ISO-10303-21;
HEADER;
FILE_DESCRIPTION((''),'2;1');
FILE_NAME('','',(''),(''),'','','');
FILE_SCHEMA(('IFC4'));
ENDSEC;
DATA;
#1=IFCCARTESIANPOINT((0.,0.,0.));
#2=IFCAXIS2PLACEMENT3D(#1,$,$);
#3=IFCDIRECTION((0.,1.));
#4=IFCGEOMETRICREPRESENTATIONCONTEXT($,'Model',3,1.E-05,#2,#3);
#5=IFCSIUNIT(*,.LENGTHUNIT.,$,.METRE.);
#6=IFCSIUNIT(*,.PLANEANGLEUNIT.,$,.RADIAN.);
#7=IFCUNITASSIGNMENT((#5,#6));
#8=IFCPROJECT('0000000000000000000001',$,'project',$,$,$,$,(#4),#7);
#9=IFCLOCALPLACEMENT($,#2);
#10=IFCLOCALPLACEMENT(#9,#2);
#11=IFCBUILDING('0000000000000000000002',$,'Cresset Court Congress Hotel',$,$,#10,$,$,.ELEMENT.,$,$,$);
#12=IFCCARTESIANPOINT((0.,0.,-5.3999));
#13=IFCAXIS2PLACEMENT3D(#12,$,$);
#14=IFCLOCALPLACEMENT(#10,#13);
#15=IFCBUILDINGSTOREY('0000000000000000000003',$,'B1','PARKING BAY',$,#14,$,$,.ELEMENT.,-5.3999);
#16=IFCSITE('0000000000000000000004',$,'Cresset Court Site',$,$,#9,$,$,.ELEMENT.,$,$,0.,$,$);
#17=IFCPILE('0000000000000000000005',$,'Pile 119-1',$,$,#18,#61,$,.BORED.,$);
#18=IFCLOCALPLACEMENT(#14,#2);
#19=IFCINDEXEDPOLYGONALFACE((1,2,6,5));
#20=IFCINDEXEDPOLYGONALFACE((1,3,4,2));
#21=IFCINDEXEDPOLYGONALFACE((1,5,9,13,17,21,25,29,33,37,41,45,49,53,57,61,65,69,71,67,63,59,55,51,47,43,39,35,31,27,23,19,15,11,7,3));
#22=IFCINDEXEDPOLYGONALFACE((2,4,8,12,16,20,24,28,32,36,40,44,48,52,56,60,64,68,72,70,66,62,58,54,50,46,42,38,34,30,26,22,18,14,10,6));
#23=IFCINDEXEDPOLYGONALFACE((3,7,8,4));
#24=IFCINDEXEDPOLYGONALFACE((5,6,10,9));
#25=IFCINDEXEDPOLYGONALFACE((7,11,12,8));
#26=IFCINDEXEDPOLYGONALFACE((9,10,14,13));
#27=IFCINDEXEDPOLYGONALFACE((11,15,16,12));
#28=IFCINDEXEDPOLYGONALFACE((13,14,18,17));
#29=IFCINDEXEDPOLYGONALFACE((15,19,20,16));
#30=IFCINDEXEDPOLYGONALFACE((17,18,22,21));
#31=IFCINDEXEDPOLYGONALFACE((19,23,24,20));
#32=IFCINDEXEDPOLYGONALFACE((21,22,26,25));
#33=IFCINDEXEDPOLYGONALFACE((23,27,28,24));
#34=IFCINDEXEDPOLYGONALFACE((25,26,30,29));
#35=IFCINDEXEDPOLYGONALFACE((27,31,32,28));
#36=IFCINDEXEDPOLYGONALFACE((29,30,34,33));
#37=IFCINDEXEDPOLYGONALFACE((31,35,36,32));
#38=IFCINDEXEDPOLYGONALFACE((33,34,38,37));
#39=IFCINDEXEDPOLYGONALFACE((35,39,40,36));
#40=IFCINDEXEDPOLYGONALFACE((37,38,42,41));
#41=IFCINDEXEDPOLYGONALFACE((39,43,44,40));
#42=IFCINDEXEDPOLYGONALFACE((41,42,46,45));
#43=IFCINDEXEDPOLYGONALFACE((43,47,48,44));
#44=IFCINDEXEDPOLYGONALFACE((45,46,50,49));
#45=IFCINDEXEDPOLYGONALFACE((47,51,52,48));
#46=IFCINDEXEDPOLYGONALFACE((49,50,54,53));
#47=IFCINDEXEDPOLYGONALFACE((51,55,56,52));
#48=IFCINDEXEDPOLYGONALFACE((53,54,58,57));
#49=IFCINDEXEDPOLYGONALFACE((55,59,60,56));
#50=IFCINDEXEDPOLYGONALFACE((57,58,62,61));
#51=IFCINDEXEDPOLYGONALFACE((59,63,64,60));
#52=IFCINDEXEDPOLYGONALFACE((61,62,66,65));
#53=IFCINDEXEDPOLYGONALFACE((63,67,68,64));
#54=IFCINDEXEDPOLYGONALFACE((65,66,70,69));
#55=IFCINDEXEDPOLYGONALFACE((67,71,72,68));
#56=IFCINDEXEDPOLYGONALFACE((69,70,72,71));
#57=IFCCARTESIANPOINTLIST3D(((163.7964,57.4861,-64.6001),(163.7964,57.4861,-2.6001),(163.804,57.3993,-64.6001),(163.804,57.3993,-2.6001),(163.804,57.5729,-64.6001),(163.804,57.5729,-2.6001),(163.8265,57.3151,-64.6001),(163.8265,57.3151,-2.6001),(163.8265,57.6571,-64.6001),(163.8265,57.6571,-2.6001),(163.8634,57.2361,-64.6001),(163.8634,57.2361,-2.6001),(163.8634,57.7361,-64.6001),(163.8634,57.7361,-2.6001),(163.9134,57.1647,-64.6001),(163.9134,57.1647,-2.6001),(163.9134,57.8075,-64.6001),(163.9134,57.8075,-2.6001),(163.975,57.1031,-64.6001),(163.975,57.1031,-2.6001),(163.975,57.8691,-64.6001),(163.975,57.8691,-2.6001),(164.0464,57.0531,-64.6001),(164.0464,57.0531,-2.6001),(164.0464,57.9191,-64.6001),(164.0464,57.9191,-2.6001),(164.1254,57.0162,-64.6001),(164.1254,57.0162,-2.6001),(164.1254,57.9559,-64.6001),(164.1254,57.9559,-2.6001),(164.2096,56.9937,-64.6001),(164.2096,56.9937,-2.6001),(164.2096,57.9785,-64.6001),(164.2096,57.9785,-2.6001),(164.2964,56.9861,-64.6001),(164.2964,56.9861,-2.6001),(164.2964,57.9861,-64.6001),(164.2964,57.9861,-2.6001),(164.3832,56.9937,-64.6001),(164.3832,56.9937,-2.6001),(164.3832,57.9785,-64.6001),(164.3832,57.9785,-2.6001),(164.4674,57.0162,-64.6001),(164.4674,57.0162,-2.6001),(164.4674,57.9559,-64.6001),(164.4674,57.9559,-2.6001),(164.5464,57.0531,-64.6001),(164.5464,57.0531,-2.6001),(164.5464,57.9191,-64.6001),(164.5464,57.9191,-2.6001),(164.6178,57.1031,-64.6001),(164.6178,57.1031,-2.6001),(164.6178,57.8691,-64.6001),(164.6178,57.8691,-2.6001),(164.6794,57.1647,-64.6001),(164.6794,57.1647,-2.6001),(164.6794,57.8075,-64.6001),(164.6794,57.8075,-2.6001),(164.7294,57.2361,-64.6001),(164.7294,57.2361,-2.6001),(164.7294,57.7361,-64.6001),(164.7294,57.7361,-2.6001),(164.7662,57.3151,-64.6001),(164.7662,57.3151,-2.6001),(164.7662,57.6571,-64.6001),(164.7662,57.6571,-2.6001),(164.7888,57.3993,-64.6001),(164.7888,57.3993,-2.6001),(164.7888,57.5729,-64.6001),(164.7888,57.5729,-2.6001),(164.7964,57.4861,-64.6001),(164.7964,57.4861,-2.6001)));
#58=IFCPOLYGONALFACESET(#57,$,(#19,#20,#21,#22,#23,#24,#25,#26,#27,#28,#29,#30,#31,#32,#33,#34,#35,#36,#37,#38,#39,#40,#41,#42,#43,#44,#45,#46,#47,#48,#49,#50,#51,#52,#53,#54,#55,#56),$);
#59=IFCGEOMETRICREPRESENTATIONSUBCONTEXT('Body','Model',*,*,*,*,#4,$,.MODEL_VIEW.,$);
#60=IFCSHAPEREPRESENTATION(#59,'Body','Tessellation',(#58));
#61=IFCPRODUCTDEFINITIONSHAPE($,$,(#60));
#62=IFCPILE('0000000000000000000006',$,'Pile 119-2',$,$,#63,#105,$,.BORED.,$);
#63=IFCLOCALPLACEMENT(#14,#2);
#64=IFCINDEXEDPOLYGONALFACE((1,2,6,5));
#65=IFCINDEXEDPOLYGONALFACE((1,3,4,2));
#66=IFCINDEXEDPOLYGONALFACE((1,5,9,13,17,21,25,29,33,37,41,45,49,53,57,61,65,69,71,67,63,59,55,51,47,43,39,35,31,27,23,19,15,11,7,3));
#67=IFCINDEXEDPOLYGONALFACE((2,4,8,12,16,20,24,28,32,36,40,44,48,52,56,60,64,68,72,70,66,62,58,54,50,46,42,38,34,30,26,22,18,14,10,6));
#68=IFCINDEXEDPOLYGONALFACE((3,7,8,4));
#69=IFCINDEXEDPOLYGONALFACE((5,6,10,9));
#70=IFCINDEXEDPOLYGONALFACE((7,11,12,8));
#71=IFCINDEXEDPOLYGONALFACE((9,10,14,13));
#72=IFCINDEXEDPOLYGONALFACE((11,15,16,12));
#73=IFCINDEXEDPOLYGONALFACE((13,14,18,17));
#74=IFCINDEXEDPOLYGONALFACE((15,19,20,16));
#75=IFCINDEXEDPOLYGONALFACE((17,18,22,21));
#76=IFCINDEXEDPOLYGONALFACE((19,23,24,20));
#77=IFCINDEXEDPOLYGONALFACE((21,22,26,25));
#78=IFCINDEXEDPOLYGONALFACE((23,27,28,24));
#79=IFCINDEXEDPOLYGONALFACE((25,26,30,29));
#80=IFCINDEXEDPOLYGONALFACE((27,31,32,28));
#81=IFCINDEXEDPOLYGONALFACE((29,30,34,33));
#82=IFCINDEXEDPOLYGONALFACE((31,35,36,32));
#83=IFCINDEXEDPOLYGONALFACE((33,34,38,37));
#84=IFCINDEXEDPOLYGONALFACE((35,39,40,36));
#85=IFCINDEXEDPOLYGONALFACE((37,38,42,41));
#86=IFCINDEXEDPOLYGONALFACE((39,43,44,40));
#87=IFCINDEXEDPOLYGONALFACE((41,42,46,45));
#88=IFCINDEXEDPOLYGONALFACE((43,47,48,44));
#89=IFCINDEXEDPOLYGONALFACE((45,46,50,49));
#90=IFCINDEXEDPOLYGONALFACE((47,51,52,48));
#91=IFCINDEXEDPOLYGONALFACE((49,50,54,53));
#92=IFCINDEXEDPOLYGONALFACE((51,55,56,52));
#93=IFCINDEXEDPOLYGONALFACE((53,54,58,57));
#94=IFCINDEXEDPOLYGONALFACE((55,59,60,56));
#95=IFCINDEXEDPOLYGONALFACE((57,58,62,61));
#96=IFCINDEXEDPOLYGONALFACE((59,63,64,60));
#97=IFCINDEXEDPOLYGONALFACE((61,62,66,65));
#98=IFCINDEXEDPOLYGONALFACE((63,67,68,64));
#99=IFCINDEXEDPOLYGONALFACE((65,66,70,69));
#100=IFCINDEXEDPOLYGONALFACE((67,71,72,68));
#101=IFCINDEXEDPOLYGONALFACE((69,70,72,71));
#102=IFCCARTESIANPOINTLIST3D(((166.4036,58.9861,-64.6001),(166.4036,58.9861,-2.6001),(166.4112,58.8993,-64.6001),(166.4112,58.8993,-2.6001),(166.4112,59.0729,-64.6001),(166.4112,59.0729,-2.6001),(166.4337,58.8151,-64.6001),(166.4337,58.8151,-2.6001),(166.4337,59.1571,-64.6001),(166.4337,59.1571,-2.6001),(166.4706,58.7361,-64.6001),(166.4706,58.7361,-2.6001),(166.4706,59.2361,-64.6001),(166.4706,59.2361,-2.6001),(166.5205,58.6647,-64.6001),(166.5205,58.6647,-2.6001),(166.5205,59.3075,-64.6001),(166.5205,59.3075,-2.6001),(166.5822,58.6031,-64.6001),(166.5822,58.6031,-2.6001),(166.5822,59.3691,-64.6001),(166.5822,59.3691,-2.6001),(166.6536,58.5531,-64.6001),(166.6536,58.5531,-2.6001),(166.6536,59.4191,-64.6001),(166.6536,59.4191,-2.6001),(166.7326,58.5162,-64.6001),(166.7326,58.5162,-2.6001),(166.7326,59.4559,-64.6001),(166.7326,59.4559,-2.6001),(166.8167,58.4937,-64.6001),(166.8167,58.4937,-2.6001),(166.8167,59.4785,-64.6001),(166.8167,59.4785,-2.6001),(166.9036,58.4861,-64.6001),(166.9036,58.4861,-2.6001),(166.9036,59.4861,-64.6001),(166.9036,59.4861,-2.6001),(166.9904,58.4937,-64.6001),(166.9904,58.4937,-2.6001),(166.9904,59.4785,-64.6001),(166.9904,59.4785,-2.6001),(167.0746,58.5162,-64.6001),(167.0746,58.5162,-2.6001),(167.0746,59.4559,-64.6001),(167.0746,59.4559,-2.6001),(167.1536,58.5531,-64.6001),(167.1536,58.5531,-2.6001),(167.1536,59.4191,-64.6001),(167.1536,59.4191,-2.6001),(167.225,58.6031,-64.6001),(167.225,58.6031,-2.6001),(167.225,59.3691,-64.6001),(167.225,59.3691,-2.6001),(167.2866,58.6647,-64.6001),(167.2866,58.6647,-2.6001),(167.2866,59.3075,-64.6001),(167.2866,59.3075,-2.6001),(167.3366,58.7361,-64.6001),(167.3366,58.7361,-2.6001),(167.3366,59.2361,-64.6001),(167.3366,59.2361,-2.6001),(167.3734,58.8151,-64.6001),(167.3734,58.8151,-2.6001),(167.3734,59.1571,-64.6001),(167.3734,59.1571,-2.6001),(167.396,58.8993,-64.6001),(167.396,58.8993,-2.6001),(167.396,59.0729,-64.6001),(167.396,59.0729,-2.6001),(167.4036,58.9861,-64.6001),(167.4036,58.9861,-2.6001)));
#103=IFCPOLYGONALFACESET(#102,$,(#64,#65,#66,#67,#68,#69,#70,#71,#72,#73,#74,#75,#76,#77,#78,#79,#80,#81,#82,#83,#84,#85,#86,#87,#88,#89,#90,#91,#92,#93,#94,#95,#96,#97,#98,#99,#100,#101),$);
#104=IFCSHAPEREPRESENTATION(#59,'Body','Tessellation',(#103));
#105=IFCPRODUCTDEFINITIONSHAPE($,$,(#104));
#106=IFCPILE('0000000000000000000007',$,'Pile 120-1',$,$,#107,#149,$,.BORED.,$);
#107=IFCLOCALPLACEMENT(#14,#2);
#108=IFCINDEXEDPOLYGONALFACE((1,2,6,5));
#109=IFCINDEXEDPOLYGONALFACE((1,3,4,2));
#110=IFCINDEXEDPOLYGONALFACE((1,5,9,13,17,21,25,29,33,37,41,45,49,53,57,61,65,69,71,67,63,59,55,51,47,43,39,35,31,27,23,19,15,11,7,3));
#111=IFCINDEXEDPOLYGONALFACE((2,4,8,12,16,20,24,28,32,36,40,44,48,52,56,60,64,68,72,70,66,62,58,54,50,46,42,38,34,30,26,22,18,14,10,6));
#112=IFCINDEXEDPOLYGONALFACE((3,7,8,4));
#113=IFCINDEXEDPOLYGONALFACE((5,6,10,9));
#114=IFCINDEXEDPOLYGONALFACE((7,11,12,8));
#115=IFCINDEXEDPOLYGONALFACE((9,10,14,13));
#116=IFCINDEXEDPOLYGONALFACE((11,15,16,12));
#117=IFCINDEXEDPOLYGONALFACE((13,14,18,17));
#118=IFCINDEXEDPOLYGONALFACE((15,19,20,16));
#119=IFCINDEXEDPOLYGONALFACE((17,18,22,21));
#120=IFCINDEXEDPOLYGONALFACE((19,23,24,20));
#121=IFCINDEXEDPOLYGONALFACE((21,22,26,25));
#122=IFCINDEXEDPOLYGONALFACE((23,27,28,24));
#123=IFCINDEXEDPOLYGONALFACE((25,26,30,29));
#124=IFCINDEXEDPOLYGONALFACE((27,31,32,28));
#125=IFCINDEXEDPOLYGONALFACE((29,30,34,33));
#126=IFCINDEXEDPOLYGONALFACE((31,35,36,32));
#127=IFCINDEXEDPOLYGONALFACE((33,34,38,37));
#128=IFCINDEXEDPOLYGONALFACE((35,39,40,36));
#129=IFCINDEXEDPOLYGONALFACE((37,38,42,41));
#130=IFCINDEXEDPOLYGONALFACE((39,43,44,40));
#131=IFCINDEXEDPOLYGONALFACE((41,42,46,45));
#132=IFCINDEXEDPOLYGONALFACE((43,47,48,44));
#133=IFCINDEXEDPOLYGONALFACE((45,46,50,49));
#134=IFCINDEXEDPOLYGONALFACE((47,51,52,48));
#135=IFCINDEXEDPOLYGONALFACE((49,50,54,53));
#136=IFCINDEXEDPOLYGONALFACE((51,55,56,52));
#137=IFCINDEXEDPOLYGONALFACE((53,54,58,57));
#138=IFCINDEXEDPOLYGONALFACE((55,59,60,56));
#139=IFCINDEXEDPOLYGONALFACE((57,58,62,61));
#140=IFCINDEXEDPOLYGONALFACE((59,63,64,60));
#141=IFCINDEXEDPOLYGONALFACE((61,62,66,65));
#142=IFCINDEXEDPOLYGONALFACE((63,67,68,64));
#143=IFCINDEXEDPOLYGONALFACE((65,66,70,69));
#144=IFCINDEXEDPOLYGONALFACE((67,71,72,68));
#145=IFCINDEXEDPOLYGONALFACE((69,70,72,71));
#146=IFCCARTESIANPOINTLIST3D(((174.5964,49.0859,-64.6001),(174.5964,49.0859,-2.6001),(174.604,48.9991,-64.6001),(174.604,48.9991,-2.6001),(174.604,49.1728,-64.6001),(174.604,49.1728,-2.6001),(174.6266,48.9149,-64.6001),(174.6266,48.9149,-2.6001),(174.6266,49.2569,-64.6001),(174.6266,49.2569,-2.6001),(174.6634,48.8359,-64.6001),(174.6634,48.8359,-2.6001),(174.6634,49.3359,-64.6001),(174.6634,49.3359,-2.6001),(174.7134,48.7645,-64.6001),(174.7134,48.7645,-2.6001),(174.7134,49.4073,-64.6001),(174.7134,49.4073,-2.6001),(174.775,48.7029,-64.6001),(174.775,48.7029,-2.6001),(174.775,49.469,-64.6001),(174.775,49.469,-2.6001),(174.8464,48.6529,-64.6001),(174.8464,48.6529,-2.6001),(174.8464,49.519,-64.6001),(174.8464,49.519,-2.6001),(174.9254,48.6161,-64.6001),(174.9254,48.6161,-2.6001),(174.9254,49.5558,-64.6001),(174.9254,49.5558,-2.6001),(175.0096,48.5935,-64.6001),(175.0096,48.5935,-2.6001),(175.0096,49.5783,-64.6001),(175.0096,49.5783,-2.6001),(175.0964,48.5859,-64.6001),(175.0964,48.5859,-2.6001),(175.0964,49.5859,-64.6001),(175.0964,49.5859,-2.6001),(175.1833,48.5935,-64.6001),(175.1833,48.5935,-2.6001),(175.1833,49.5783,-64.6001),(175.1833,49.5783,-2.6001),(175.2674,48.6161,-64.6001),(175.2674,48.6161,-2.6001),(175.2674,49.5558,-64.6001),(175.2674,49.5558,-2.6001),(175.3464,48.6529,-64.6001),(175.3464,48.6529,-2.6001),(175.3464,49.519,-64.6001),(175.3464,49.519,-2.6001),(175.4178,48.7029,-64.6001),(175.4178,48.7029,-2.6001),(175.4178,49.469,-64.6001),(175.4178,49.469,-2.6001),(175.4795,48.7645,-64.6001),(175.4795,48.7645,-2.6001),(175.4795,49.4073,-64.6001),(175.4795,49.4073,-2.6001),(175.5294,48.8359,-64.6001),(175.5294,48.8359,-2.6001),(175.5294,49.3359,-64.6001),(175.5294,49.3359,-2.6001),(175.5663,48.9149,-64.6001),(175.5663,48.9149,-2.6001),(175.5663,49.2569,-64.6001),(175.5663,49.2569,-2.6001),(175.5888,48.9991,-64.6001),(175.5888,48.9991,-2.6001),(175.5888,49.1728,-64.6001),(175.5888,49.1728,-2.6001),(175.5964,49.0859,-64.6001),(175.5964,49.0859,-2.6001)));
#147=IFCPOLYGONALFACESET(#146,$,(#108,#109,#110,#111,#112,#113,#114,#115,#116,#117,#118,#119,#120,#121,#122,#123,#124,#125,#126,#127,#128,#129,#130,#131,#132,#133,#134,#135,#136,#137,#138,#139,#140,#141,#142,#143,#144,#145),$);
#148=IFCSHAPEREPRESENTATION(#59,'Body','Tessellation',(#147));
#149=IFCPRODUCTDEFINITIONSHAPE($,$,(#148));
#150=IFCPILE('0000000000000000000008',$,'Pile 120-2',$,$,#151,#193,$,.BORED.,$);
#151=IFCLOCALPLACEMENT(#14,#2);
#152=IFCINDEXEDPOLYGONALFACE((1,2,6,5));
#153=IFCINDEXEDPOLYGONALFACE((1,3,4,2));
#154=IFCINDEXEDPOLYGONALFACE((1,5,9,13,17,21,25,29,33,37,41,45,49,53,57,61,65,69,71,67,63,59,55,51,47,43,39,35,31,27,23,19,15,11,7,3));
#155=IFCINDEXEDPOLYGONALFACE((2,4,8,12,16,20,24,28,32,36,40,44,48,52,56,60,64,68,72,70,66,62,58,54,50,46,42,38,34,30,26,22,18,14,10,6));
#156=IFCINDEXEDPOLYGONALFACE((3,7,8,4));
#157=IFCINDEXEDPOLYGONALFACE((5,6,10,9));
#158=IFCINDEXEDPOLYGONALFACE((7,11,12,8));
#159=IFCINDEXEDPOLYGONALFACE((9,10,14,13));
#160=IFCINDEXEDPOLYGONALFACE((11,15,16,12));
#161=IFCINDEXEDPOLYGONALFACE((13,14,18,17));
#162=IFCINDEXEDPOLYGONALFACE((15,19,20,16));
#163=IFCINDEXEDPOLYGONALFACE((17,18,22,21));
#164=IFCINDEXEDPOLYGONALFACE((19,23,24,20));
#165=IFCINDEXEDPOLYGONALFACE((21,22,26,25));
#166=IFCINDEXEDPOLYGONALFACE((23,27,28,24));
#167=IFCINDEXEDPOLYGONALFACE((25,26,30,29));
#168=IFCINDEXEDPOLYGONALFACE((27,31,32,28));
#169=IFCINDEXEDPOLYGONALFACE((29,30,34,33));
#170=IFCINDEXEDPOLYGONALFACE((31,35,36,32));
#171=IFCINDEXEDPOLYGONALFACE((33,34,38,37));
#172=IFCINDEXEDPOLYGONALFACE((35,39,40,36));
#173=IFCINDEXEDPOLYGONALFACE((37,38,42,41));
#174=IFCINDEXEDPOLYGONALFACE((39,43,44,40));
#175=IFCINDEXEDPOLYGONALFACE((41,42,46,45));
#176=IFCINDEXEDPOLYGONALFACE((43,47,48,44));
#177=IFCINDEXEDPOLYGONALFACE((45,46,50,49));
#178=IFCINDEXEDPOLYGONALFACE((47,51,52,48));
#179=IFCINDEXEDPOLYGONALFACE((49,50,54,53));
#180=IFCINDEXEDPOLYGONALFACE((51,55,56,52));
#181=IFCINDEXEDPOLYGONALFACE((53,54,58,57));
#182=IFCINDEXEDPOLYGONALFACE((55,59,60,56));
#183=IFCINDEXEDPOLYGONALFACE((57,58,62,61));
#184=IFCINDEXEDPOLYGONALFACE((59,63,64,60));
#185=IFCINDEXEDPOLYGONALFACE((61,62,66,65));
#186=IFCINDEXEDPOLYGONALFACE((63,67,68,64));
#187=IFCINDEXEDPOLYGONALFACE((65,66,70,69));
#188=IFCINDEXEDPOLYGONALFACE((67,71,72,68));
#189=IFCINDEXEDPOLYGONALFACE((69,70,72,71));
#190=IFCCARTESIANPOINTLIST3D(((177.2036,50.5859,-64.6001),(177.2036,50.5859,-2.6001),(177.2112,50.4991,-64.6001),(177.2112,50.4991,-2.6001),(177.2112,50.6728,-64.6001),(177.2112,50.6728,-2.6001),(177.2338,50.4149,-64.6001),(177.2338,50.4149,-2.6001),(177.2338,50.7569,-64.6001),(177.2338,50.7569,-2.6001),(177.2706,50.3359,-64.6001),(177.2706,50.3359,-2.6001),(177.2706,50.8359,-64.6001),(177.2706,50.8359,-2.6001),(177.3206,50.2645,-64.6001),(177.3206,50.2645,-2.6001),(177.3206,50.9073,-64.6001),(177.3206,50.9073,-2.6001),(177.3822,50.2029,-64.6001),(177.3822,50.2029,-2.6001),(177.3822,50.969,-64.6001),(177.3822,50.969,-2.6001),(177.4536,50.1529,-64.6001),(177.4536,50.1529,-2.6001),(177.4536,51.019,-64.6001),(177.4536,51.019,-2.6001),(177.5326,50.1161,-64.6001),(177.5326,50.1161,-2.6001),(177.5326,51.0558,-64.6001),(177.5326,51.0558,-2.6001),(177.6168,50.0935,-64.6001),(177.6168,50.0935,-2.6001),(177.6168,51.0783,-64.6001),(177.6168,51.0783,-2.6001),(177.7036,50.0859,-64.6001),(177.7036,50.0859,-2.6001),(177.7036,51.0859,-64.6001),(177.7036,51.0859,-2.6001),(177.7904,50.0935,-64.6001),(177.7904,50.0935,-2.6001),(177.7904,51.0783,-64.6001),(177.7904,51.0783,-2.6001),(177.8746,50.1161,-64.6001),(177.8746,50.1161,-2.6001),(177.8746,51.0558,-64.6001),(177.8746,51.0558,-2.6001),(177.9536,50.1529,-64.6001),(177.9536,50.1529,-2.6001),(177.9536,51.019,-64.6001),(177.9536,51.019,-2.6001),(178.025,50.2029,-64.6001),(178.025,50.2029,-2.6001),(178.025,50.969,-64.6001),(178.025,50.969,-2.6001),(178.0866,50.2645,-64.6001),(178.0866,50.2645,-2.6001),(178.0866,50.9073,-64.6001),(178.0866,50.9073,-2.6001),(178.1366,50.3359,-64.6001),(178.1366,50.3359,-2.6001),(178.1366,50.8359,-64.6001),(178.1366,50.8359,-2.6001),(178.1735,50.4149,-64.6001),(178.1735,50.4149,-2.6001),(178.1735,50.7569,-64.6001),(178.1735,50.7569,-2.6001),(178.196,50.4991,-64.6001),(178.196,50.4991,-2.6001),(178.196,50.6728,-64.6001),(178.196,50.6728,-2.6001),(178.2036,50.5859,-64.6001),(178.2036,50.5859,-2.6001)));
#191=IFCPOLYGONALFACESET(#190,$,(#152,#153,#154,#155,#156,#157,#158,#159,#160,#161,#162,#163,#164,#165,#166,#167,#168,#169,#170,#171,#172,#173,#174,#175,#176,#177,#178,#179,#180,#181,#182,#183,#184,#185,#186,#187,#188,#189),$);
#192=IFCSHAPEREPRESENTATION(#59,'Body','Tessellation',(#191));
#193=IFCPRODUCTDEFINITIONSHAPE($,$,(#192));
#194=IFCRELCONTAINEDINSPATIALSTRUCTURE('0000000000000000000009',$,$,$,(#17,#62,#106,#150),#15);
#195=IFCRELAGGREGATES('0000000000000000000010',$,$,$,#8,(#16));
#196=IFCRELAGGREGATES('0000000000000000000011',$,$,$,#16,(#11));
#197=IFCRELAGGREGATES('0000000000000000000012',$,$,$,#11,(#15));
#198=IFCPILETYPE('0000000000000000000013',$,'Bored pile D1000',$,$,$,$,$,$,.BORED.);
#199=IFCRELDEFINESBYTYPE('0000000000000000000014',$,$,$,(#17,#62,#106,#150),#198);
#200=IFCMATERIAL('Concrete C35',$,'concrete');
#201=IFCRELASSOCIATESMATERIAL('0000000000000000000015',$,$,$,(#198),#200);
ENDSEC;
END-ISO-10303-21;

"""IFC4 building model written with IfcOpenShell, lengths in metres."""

from ifc_helpers import new_model, si_unit, direction, frame, origin, origin_2d, place, context, subcontext, project, spatial, circle, extrude, material, type_object, element, save


model = new_model("IFC4")

# Units and contexts
model_context = context("Model", 3, precision=1e-05, world=origin(), true_north=direction((0.0, 1.0)))
body_context = subcontext(model_context, "Body", "Model", "MODEL_VIEW")
ifc_project = project(units=[si_unit("LENGTHUNIT", "METRE"), si_unit("PLANEANGLEUNIT", "RADIAN")], contexts=[model_context])

# Site, building, storey
site_placement = place(None, origin())
site = spatial("IfcSite", under=ifc_project, at=site_placement, Name="Cresset Court Site", CompositionType="ELEMENT", RefElevation=0.0)
building_placement = place(site_placement, origin())
building = spatial("IfcBuilding", under=site, at=building_placement, Name="Cresset Court Congress Hotel", CompositionType="ELEMENT")
storey_placement = place(building_placement, frame((0.0, 0.0, -5.3999)))
storey = spatial("IfcBuildingStorey", under=building, at=storey_placement, Name="B1", Description="PARKING BAY", CompositionType="ELEMENT", Elevation=-5.3999)

# Piles
ifc_material_1 = material(Name="Concrete C35", Category="concrete")
pile_type = type_object("IfcPileType", Name="Bored pile D1000", PredefinedType="BORED", material=ifc_material_1)
for number, where, z_axis, x_axis, name in (
    (1, (164.2964, 57.4861, -2.6001), (0.0, 0.0, -1.0), (1.0, 0.0, 0.0), "Pile 119-1"),
    (2, (166.9036, 58.9861, -2.6001), (0.0, 0.0, -1.0), (1.0, 0.0, 0.0), "Pile 119-2"),
    (3, (175.0964, 49.0859, -2.6001), (0.0, 0.0, -1.0), (1.0, 0.0, 0.0), "Pile 120-1"),
    (4, (177.7036, 50.5859, -2.6001), (0.0, 0.0, -1.0), (1.0, 0.0, 0.0), "Pile 120-2"),
):
    element("IfcPile", number, at=place(storey_placement, frame(where, z_axis=z_axis, x_axis=x_axis)), inside=storey, type_object=pile_type, Name=name, PredefinedType="BORED", context=body_context, shape_type="SweptSolid", body=[
        extrude(circle(Radius=0.5, at=origin_2d()), origin(), (0.0, 0.0, 1.0), 62.0),
    ])

save(model, "model.ifc")
